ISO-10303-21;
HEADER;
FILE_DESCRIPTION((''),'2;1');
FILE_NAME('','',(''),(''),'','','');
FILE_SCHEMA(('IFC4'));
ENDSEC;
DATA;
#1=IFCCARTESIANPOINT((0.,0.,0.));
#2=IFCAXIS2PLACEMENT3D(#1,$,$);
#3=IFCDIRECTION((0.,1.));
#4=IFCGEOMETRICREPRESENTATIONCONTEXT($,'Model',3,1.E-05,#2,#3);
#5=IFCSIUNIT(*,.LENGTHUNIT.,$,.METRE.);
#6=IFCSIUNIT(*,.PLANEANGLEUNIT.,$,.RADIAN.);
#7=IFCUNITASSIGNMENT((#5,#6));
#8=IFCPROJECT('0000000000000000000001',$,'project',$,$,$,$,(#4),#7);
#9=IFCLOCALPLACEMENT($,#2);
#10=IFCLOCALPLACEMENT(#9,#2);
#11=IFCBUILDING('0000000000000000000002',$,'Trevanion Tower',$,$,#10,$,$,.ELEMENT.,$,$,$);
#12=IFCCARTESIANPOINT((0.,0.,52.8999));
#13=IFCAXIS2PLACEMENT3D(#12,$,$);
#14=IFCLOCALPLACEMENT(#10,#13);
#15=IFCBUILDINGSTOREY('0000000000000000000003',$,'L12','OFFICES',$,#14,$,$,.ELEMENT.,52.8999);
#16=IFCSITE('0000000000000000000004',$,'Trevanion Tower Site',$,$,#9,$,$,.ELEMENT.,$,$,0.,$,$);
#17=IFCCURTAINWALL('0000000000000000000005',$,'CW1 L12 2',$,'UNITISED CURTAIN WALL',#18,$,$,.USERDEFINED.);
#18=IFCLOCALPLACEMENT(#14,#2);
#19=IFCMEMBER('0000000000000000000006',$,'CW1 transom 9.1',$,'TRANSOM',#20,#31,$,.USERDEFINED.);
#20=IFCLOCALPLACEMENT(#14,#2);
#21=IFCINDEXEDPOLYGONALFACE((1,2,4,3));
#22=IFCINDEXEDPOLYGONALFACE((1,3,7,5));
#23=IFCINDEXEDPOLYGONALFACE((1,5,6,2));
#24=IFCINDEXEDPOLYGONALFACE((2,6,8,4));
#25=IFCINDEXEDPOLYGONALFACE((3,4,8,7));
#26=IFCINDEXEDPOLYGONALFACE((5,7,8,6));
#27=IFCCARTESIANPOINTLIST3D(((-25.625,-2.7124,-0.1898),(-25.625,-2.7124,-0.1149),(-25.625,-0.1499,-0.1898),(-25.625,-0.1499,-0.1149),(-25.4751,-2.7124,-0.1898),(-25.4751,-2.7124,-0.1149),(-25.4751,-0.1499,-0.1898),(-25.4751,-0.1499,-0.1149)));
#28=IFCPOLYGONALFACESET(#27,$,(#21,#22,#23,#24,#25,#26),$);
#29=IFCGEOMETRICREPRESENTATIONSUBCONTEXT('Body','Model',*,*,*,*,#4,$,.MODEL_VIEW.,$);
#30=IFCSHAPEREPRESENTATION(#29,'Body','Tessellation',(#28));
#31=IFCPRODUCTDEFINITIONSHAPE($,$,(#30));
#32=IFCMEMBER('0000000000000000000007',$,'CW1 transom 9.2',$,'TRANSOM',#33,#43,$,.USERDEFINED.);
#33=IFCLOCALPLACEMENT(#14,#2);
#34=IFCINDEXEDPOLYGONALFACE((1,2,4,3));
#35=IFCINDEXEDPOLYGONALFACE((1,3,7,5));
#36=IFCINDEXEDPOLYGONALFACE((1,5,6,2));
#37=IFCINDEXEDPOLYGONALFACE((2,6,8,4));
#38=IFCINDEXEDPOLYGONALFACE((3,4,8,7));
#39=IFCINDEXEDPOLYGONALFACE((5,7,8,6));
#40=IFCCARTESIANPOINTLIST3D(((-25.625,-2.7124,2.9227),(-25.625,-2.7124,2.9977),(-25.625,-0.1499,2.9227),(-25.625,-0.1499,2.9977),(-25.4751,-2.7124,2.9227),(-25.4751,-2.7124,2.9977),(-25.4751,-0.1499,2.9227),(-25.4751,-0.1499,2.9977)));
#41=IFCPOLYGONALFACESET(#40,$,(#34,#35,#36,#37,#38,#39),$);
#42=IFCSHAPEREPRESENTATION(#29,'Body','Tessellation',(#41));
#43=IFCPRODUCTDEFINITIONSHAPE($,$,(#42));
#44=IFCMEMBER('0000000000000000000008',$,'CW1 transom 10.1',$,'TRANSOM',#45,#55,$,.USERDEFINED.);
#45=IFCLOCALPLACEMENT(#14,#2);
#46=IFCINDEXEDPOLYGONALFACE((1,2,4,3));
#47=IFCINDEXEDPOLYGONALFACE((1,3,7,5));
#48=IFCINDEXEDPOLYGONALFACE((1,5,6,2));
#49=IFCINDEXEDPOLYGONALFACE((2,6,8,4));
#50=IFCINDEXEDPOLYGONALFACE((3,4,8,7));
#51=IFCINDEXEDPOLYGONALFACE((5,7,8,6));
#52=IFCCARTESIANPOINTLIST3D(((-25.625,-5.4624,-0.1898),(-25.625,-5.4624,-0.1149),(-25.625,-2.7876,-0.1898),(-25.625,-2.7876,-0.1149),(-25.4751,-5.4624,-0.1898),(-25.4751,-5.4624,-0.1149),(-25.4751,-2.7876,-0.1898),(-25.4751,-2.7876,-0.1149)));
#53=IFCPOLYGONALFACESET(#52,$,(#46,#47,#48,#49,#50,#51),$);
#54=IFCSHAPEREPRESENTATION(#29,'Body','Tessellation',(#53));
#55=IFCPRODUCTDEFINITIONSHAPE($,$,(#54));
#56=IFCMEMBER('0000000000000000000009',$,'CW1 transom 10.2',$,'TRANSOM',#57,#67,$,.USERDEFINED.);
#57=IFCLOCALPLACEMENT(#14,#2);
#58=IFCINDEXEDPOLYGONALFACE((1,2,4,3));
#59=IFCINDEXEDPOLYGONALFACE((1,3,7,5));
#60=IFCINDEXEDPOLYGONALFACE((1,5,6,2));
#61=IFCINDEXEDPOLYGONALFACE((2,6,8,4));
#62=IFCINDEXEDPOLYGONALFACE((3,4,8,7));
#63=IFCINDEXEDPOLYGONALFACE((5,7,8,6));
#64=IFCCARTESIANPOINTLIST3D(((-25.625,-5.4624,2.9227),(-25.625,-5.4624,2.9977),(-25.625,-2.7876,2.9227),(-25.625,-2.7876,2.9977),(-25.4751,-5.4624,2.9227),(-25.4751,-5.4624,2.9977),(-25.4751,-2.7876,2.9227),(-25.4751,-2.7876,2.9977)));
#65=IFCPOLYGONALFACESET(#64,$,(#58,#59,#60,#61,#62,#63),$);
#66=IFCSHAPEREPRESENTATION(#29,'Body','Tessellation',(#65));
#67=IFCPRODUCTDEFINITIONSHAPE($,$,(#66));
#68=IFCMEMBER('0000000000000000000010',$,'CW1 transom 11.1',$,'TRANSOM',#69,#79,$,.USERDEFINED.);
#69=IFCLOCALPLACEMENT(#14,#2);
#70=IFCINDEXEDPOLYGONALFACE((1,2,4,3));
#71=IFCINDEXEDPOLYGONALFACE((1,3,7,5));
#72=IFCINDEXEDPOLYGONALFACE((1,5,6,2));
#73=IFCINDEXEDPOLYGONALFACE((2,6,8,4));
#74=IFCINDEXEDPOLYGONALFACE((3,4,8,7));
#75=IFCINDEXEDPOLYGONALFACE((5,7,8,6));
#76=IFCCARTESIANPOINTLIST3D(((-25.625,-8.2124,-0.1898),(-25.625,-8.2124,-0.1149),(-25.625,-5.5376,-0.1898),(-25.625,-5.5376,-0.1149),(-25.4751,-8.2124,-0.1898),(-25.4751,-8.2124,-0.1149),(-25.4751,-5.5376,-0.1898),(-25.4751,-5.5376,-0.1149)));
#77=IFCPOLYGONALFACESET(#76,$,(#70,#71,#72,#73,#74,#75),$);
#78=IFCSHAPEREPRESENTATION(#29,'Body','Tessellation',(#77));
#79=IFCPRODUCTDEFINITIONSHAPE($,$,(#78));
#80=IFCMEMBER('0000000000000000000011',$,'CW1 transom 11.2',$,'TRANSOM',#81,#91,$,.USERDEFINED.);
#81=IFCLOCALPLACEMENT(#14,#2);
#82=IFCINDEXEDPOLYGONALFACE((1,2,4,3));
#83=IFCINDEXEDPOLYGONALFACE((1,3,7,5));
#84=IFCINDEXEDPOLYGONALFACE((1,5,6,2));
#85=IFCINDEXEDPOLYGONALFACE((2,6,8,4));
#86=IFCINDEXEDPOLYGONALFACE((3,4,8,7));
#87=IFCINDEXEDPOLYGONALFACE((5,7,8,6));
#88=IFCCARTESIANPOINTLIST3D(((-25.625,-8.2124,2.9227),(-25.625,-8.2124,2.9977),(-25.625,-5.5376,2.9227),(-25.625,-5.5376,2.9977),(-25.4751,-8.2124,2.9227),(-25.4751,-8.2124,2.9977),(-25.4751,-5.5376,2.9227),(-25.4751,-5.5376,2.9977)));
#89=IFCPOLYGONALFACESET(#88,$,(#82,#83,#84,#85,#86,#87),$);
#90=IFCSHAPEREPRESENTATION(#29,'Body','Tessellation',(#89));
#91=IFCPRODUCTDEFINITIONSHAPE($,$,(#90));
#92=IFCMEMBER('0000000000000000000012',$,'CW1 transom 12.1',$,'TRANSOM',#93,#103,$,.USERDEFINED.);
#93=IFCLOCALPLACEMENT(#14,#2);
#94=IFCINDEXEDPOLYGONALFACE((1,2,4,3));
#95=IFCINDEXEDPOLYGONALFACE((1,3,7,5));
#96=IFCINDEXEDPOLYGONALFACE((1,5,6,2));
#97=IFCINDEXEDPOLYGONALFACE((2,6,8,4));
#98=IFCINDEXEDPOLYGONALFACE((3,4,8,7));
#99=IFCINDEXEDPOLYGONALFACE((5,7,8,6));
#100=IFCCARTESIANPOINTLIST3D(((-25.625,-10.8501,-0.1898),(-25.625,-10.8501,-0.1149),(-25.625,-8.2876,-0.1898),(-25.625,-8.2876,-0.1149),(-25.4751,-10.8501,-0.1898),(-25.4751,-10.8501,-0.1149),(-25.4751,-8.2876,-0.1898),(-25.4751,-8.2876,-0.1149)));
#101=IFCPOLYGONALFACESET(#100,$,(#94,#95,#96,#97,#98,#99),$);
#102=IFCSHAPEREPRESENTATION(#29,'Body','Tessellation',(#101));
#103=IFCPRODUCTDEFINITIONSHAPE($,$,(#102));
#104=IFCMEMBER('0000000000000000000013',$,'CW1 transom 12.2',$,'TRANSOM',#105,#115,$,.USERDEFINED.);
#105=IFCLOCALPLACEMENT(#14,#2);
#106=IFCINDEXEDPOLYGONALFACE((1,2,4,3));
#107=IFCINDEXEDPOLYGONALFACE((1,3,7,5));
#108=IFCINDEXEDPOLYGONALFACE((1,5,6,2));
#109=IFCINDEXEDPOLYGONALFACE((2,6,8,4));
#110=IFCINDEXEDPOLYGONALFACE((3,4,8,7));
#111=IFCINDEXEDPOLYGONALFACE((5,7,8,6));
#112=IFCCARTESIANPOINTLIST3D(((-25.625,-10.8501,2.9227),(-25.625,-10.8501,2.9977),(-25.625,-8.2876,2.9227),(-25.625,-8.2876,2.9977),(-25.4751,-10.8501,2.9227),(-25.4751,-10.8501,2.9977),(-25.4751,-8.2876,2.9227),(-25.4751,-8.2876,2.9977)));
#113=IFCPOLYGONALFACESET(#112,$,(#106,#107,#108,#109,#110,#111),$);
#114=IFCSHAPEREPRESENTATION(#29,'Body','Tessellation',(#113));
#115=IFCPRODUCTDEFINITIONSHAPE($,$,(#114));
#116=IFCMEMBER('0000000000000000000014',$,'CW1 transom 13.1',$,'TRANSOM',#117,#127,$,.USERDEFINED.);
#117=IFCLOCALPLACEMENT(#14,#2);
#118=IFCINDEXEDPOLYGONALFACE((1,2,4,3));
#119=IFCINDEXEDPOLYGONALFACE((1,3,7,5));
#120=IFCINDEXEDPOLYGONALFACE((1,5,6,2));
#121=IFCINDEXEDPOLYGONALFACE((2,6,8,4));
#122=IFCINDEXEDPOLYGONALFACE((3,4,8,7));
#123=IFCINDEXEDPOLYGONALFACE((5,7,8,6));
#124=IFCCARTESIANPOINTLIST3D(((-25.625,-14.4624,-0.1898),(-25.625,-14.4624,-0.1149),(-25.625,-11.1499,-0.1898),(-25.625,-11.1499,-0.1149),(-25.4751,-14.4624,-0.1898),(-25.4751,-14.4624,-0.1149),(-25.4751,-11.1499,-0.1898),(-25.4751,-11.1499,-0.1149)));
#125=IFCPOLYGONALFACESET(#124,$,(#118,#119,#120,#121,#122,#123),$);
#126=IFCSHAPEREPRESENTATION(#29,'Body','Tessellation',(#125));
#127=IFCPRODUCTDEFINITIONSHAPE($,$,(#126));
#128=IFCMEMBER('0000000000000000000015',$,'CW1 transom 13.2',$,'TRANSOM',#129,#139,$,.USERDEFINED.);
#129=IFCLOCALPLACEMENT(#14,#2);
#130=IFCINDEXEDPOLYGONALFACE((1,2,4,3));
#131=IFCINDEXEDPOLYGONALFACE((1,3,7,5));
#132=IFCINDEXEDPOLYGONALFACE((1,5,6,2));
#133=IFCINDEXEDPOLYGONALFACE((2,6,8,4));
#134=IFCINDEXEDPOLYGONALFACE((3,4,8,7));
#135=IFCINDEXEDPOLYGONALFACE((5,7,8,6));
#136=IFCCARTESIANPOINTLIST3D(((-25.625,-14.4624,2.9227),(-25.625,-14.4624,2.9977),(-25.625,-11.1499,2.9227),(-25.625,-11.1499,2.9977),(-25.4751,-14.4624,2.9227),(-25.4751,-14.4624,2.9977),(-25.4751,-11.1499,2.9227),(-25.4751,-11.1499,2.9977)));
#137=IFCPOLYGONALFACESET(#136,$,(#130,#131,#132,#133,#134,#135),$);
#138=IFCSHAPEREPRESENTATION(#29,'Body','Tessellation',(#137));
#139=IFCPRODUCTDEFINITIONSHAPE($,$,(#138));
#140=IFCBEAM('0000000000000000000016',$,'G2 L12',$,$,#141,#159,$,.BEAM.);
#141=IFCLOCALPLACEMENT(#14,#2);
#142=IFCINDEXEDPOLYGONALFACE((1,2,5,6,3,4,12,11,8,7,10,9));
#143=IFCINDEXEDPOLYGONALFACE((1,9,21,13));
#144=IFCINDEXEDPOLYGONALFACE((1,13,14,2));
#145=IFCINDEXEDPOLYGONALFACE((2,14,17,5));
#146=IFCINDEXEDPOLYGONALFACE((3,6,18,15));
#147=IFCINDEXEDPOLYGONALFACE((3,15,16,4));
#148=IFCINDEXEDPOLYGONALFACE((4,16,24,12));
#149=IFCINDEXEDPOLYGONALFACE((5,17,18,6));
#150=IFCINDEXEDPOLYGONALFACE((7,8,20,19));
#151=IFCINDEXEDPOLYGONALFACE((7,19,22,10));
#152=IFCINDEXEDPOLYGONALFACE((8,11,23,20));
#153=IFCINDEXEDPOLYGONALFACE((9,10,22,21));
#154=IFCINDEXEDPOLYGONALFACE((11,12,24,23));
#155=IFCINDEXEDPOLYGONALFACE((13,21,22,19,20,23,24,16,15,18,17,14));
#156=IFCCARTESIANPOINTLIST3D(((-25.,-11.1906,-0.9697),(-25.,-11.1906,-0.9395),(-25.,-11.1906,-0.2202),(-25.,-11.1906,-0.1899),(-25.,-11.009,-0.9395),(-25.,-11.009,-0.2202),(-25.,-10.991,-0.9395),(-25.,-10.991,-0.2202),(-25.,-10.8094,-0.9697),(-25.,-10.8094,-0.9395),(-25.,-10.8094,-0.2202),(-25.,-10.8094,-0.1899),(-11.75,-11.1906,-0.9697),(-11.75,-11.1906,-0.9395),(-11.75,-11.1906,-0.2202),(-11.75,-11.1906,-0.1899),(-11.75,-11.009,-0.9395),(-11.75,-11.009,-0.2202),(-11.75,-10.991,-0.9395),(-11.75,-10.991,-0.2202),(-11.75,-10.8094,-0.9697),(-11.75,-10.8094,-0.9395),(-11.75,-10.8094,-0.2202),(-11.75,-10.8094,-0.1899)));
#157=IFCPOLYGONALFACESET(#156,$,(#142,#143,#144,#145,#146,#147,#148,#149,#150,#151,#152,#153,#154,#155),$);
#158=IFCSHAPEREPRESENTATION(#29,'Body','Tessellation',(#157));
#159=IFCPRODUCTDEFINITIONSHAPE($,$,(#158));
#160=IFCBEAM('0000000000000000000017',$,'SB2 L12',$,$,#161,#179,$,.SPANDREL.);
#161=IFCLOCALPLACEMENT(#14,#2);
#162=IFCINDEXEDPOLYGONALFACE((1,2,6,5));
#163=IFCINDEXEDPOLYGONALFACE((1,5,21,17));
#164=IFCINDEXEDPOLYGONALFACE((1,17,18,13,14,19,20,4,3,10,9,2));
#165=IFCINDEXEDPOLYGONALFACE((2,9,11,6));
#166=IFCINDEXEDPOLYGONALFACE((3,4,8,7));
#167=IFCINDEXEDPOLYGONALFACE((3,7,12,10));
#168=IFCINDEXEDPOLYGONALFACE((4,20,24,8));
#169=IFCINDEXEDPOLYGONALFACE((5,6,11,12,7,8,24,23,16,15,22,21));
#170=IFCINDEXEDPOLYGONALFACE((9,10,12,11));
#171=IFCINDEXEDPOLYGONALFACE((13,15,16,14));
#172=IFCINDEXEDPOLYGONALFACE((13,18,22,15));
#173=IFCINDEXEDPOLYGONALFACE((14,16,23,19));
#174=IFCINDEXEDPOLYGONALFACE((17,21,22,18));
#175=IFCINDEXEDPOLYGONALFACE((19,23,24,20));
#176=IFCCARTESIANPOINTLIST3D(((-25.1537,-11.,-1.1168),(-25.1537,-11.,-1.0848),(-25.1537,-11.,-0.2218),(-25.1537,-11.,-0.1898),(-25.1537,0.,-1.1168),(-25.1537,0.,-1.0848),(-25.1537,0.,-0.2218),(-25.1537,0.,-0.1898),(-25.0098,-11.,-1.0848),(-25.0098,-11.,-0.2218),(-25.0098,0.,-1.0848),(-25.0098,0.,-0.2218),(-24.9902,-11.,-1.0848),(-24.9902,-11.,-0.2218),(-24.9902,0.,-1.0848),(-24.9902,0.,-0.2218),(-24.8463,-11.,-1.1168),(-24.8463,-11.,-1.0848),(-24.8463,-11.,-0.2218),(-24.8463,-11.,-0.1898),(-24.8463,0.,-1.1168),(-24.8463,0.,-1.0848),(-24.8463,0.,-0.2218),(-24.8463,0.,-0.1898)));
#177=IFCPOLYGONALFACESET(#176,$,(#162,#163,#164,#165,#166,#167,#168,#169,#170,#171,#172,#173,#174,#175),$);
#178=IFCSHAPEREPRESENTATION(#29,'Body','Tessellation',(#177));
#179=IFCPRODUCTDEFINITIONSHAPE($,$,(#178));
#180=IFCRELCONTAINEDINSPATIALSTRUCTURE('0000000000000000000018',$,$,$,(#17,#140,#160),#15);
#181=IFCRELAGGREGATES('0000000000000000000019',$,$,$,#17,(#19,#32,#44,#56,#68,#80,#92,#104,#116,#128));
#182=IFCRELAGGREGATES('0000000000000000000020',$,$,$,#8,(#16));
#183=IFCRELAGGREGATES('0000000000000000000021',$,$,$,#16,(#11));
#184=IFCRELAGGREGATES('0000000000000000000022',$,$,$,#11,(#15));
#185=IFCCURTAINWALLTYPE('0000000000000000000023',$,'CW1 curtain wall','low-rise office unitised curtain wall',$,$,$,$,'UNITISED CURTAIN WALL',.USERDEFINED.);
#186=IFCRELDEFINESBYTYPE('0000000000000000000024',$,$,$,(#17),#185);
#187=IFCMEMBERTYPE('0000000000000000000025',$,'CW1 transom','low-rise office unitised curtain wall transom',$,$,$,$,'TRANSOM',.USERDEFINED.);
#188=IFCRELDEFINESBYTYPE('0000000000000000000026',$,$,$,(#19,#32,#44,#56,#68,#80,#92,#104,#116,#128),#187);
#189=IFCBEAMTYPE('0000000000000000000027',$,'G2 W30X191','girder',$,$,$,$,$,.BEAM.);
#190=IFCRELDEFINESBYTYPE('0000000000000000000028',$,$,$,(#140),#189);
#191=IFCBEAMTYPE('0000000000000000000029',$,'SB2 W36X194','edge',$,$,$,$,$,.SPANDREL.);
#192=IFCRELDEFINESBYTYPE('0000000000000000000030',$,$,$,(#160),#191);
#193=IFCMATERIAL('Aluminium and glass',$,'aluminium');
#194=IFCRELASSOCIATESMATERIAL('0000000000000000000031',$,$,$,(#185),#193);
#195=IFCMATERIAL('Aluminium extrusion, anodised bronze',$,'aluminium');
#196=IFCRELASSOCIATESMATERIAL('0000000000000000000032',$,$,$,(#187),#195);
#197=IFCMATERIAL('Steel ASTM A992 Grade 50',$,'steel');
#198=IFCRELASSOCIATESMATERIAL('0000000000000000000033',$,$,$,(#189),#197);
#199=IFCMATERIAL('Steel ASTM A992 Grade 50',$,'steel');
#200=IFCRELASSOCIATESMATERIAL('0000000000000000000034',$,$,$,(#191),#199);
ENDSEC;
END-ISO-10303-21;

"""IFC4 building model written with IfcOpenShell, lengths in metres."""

from ifc_helpers import new_model, si_unit, direction, frame, origin, origin_2d, place, context, subcontext, project, spatial, rectangle, i_section, extrude, material, material_profile, profile_set, type_object, element, aggregate, save


model = new_model("IFC4")

# Units and contexts
model_context = context("Model", 3, precision=1e-05, world=origin(), true_north=direction((0.0, 1.0)))
body_context = subcontext(model_context, "Body", "Model", "MODEL_VIEW")
ifc_project = project(units=[si_unit("LENGTHUNIT", "METRE"), si_unit("PLANEANGLEUNIT", "RADIAN")], contexts=[model_context])

# Site, building, storey
site_placement = place(None, origin())
site = spatial("IfcSite", under=ifc_project, at=site_placement, Name="Trevanion Tower Site", CompositionType="ELEMENT", RefElevation=0.0)
building_placement = place(site_placement, origin())
building = spatial("IfcBuilding", under=site, at=building_placement, Name="Trevanion Tower", CompositionType="ELEMENT")
storey_placement = place(building_placement, frame((0.0, 0.0, 52.8999)))
storey = spatial("IfcBuildingStorey", under=building, at=storey_placement, Name="L12", Description="OFFICES", CompositionType="ELEMENT", Elevation=52.8999)

# Curtain wall, members
ifc_material_1 = material(Name="Aluminium and glass", Category="aluminium")
curtain_wall_type = type_object("IfcCurtainWallType", Name="CW1 curtain wall", Description="low-rise office unitised curtain wall", ElementType="UNITISED CURTAIN WALL", PredefinedType="USERDEFINED", material=ifc_material_1)
curtain_wall_placement = place(storey_placement, origin())
curtain_wall = element("IfcCurtainWall", 1, at=curtain_wall_placement, inside=storey, type_object=curtain_wall_type, Name="CW1 L12 2", ObjectType="UNITISED CURTAIN WALL", PredefinedType="USERDEFINED")
ifc_material_2 = material(Name="Aluminium extrusion, anodised bronze", Category="aluminium")
ifc_material_profile_1 = material_profile(ifc_material_2, rectangle(XDim=0.1499, YDim=0.075, at=origin_2d()), Name="CW1 transom")
ifc_profile_set_1 = profile_set([ifc_material_profile_1], Name="Aluminium extrusion, anodised bronze")
member_type_1 = type_object("IfcMemberType", Name="CW1 transom", Description="low-rise office unitised curtain wall transom", ElementType="TRANSOM", PredefinedType="USERDEFINED", material=ifc_profile_set_1)
member_1_placement = place(storey_placement, frame((-25.55, -0.1499, -0.1523), z_axis=(0.0, -1.0, 0.0), x_axis=(1.0, 0.0, 0.0)))
member_1 = element("IfcMember", 2, at=member_1_placement, type_object=member_type_1, Name="CW1 transom 9.1", ObjectType="TRANSOM", PredefinedType="USERDEFINED", context=body_context, shape_type="SweptSolid", body=[
    extrude(rectangle(XDim=0.1499, YDim=0.075, at=origin_2d()), origin(), (0.0, 0.0, 1.0), 2.5625),
])
member_2_placement = place(storey_placement, frame((-25.55, -0.1499, 2.9602), z_axis=(0.0, -1.0, 0.0), x_axis=(1.0, 0.0, 0.0)))
member_2 = element("IfcMember", 3, at=member_2_placement, type_object=member_type_1, Name="CW1 transom 9.2", ObjectType="TRANSOM", PredefinedType="USERDEFINED", context=body_context, shape_type="SweptSolid", body=[
    extrude(rectangle(XDim=0.1499, YDim=0.075, at=origin_2d()), origin(), (0.0, 0.0, 1.0), 2.5625),
])
member_3_placement = place(storey_placement, frame((-25.55, -2.7876, -0.1523), z_axis=(0.0, -1.0, 0.0), x_axis=(1.0, 0.0, 0.0)))
member_3 = element("IfcMember", 4, at=member_3_placement, type_object=member_type_1, Name="CW1 transom 10.1", ObjectType="TRANSOM", PredefinedType="USERDEFINED", context=body_context, shape_type="SweptSolid", body=[
    extrude(rectangle(XDim=0.1499, YDim=0.075, at=origin_2d()), origin(), (0.0, 0.0, 1.0), 2.6748),
])
member_4_placement = place(storey_placement, frame((-25.55, -2.7876, 2.9602), z_axis=(0.0, -1.0, 0.0), x_axis=(1.0, 0.0, 0.0)))
member_4 = element("IfcMember", 5, at=member_4_placement, type_object=member_type_1, Name="CW1 transom 10.2", ObjectType="TRANSOM", PredefinedType="USERDEFINED", context=body_context, shape_type="SweptSolid", body=[
    extrude(rectangle(XDim=0.1499, YDim=0.075, at=origin_2d()), origin(), (0.0, 0.0, 1.0), 2.6748),
])
member_5_placement = place(storey_placement, frame((-25.55, -5.5376, -0.1523), z_axis=(0.0, -1.0, 0.0), x_axis=(1.0, 0.0, 0.0)))
member_5 = element("IfcMember", 6, at=member_5_placement, type_object=member_type_1, Name="CW1 transom 11.1", ObjectType="TRANSOM", PredefinedType="USERDEFINED", context=body_context, shape_type="SweptSolid", body=[
    extrude(rectangle(XDim=0.1499, YDim=0.075, at=origin_2d()), origin(), (0.0, 0.0, 1.0), 2.6748),
])
member_6_placement = place(storey_placement, frame((-25.55, -5.5376, 2.9602), z_axis=(0.0, -1.0, 0.0), x_axis=(1.0, 0.0, 0.0)))
member_6 = element("IfcMember", 7, at=member_6_placement, type_object=member_type_1, Name="CW1 transom 11.2", ObjectType="TRANSOM", PredefinedType="USERDEFINED", context=body_context, shape_type="SweptSolid", body=[
    extrude(rectangle(XDim=0.1499, YDim=0.075, at=origin_2d()), origin(), (0.0, 0.0, 1.0), 2.6748),
])
member_7_placement = place(storey_placement, frame((-25.55, -8.2876, -0.1523), z_axis=(0.0, -1.0, 0.0), x_axis=(1.0, 0.0, 0.0)))
member_7 = element("IfcMember", 8, at=member_7_placement, type_object=member_type_1, Name="CW1 transom 12.1", ObjectType="TRANSOM", PredefinedType="USERDEFINED", context=body_context, shape_type="SweptSolid", body=[
    extrude(rectangle(XDim=0.1499, YDim=0.075, at=origin_2d()), origin(), (0.0, 0.0, 1.0), 2.5625),
])
member_8_placement = place(storey_placement, frame((-25.55, -8.2876, 2.9602), z_axis=(0.0, -1.0, 0.0), x_axis=(1.0, 0.0, 0.0)))
member_8 = element("IfcMember", 9, at=member_8_placement, type_object=member_type_1, Name="CW1 transom 12.2", ObjectType="TRANSOM", PredefinedType="USERDEFINED", context=body_context, shape_type="SweptSolid", body=[
    extrude(rectangle(XDim=0.1499, YDim=0.075, at=origin_2d()), origin(), (0.0, 0.0, 1.0), 2.5625),
])
member_9_placement = place(storey_placement, frame((-25.55, -11.1499, -0.1523), z_axis=(0.0, -1.0, 0.0), x_axis=(1.0, 0.0, 0.0)))
member_9 = element("IfcMember", 10, at=member_9_placement, type_object=member_type_1, Name="CW1 transom 13.1", ObjectType="TRANSOM", PredefinedType="USERDEFINED", context=body_context, shape_type="SweptSolid", body=[
    extrude(rectangle(XDim=0.1499, YDim=0.075, at=origin_2d()), origin(), (0.0, 0.0, 1.0), 3.3125),
])
member_10_placement = place(storey_placement, frame((-25.55, -11.1499, 2.9602), z_axis=(0.0, -1.0, 0.0), x_axis=(1.0, 0.0, 0.0)))
member_10 = element("IfcMember", 11, at=member_10_placement, type_object=member_type_1, Name="CW1 transom 13.2", ObjectType="TRANSOM", PredefinedType="USERDEFINED", context=body_context, shape_type="SweptSolid", body=[
    extrude(rectangle(XDim=0.1499, YDim=0.075, at=origin_2d()), origin(), (0.0, 0.0, 1.0), 3.3125),
])

# Beams
ifc_material_3 = material(Name="Steel ASTM A992 Grade 50", Category="steel")
ifc_material_profile_2 = material_profile(ifc_material_3, i_section(OverallWidth=0.3811, OverallDepth=0.7798, WebThickness=0.0181, FlangeThickness=0.0303, at=origin_2d()), Name="W30X191")
ifc_profile_set_2 = profile_set([ifc_material_profile_2], Name="Steel ASTM A992 Grade 50")
beam_type_1 = type_object("IfcBeamType", Name="G2 W30X191", Description="girder", PredefinedType="BEAM", material=ifc_profile_set_2)
beam_1_placement = place(storey_placement, frame((-11.75, -11.0, -0.5798), z_axis=(-1.0, 0.0, 0.0), x_axis=(0.0, -1.0, 0.0)))
element("IfcBeam", 12, at=beam_1_placement, inside=storey, type_object=beam_type_1, Name="G2 L12", PredefinedType="BEAM", context=body_context, shape_type="SweptSolid", body=[
    extrude(i_section(OverallWidth=0.3811, OverallDepth=0.7798, WebThickness=0.0181, FlangeThickness=0.0303, at=origin_2d()), origin(), (0.0, 0.0, 1.0), 13.25),
])
ifc_material_4 = material(Name="Steel ASTM A992 Grade 50", Category="steel")
ifc_material_profile_3 = material_profile(ifc_material_4, i_section(OverallWidth=0.3074, OverallDepth=0.927, WebThickness=0.0195, FlangeThickness=0.032, at=origin_2d()), Name="W36X194")
ifc_profile_set_3 = profile_set([ifc_material_profile_3], Name="Steel ASTM A992 Grade 50")
beam_type_2 = type_object("IfcBeamType", Name="SB2 W36X194", Description="edge", PredefinedType="SPANDREL", material=ifc_profile_set_3)
beam_2_placement = place(storey_placement, frame((-25.0, 0.0, -0.6533), z_axis=(0.0, -1.0, 0.0), x_axis=(1.0, 0.0, 0.0)))
element("IfcBeam", 13, at=beam_2_placement, inside=storey, type_object=beam_type_2, Name="SB2 L12", PredefinedType="SPANDREL", context=body_context, shape_type="SweptSolid", body=[
    extrude(i_section(OverallWidth=0.3074, OverallDepth=0.927, WebThickness=0.0195, FlangeThickness=0.032, at=origin_2d()), origin(), (0.0, 0.0, 1.0), 11.0),
])

aggregate(curtain_wall, [member_1, member_2, member_3, member_4, member_5, member_6, member_7, member_8, member_9, member_10])

save(model, "model.ifc")
